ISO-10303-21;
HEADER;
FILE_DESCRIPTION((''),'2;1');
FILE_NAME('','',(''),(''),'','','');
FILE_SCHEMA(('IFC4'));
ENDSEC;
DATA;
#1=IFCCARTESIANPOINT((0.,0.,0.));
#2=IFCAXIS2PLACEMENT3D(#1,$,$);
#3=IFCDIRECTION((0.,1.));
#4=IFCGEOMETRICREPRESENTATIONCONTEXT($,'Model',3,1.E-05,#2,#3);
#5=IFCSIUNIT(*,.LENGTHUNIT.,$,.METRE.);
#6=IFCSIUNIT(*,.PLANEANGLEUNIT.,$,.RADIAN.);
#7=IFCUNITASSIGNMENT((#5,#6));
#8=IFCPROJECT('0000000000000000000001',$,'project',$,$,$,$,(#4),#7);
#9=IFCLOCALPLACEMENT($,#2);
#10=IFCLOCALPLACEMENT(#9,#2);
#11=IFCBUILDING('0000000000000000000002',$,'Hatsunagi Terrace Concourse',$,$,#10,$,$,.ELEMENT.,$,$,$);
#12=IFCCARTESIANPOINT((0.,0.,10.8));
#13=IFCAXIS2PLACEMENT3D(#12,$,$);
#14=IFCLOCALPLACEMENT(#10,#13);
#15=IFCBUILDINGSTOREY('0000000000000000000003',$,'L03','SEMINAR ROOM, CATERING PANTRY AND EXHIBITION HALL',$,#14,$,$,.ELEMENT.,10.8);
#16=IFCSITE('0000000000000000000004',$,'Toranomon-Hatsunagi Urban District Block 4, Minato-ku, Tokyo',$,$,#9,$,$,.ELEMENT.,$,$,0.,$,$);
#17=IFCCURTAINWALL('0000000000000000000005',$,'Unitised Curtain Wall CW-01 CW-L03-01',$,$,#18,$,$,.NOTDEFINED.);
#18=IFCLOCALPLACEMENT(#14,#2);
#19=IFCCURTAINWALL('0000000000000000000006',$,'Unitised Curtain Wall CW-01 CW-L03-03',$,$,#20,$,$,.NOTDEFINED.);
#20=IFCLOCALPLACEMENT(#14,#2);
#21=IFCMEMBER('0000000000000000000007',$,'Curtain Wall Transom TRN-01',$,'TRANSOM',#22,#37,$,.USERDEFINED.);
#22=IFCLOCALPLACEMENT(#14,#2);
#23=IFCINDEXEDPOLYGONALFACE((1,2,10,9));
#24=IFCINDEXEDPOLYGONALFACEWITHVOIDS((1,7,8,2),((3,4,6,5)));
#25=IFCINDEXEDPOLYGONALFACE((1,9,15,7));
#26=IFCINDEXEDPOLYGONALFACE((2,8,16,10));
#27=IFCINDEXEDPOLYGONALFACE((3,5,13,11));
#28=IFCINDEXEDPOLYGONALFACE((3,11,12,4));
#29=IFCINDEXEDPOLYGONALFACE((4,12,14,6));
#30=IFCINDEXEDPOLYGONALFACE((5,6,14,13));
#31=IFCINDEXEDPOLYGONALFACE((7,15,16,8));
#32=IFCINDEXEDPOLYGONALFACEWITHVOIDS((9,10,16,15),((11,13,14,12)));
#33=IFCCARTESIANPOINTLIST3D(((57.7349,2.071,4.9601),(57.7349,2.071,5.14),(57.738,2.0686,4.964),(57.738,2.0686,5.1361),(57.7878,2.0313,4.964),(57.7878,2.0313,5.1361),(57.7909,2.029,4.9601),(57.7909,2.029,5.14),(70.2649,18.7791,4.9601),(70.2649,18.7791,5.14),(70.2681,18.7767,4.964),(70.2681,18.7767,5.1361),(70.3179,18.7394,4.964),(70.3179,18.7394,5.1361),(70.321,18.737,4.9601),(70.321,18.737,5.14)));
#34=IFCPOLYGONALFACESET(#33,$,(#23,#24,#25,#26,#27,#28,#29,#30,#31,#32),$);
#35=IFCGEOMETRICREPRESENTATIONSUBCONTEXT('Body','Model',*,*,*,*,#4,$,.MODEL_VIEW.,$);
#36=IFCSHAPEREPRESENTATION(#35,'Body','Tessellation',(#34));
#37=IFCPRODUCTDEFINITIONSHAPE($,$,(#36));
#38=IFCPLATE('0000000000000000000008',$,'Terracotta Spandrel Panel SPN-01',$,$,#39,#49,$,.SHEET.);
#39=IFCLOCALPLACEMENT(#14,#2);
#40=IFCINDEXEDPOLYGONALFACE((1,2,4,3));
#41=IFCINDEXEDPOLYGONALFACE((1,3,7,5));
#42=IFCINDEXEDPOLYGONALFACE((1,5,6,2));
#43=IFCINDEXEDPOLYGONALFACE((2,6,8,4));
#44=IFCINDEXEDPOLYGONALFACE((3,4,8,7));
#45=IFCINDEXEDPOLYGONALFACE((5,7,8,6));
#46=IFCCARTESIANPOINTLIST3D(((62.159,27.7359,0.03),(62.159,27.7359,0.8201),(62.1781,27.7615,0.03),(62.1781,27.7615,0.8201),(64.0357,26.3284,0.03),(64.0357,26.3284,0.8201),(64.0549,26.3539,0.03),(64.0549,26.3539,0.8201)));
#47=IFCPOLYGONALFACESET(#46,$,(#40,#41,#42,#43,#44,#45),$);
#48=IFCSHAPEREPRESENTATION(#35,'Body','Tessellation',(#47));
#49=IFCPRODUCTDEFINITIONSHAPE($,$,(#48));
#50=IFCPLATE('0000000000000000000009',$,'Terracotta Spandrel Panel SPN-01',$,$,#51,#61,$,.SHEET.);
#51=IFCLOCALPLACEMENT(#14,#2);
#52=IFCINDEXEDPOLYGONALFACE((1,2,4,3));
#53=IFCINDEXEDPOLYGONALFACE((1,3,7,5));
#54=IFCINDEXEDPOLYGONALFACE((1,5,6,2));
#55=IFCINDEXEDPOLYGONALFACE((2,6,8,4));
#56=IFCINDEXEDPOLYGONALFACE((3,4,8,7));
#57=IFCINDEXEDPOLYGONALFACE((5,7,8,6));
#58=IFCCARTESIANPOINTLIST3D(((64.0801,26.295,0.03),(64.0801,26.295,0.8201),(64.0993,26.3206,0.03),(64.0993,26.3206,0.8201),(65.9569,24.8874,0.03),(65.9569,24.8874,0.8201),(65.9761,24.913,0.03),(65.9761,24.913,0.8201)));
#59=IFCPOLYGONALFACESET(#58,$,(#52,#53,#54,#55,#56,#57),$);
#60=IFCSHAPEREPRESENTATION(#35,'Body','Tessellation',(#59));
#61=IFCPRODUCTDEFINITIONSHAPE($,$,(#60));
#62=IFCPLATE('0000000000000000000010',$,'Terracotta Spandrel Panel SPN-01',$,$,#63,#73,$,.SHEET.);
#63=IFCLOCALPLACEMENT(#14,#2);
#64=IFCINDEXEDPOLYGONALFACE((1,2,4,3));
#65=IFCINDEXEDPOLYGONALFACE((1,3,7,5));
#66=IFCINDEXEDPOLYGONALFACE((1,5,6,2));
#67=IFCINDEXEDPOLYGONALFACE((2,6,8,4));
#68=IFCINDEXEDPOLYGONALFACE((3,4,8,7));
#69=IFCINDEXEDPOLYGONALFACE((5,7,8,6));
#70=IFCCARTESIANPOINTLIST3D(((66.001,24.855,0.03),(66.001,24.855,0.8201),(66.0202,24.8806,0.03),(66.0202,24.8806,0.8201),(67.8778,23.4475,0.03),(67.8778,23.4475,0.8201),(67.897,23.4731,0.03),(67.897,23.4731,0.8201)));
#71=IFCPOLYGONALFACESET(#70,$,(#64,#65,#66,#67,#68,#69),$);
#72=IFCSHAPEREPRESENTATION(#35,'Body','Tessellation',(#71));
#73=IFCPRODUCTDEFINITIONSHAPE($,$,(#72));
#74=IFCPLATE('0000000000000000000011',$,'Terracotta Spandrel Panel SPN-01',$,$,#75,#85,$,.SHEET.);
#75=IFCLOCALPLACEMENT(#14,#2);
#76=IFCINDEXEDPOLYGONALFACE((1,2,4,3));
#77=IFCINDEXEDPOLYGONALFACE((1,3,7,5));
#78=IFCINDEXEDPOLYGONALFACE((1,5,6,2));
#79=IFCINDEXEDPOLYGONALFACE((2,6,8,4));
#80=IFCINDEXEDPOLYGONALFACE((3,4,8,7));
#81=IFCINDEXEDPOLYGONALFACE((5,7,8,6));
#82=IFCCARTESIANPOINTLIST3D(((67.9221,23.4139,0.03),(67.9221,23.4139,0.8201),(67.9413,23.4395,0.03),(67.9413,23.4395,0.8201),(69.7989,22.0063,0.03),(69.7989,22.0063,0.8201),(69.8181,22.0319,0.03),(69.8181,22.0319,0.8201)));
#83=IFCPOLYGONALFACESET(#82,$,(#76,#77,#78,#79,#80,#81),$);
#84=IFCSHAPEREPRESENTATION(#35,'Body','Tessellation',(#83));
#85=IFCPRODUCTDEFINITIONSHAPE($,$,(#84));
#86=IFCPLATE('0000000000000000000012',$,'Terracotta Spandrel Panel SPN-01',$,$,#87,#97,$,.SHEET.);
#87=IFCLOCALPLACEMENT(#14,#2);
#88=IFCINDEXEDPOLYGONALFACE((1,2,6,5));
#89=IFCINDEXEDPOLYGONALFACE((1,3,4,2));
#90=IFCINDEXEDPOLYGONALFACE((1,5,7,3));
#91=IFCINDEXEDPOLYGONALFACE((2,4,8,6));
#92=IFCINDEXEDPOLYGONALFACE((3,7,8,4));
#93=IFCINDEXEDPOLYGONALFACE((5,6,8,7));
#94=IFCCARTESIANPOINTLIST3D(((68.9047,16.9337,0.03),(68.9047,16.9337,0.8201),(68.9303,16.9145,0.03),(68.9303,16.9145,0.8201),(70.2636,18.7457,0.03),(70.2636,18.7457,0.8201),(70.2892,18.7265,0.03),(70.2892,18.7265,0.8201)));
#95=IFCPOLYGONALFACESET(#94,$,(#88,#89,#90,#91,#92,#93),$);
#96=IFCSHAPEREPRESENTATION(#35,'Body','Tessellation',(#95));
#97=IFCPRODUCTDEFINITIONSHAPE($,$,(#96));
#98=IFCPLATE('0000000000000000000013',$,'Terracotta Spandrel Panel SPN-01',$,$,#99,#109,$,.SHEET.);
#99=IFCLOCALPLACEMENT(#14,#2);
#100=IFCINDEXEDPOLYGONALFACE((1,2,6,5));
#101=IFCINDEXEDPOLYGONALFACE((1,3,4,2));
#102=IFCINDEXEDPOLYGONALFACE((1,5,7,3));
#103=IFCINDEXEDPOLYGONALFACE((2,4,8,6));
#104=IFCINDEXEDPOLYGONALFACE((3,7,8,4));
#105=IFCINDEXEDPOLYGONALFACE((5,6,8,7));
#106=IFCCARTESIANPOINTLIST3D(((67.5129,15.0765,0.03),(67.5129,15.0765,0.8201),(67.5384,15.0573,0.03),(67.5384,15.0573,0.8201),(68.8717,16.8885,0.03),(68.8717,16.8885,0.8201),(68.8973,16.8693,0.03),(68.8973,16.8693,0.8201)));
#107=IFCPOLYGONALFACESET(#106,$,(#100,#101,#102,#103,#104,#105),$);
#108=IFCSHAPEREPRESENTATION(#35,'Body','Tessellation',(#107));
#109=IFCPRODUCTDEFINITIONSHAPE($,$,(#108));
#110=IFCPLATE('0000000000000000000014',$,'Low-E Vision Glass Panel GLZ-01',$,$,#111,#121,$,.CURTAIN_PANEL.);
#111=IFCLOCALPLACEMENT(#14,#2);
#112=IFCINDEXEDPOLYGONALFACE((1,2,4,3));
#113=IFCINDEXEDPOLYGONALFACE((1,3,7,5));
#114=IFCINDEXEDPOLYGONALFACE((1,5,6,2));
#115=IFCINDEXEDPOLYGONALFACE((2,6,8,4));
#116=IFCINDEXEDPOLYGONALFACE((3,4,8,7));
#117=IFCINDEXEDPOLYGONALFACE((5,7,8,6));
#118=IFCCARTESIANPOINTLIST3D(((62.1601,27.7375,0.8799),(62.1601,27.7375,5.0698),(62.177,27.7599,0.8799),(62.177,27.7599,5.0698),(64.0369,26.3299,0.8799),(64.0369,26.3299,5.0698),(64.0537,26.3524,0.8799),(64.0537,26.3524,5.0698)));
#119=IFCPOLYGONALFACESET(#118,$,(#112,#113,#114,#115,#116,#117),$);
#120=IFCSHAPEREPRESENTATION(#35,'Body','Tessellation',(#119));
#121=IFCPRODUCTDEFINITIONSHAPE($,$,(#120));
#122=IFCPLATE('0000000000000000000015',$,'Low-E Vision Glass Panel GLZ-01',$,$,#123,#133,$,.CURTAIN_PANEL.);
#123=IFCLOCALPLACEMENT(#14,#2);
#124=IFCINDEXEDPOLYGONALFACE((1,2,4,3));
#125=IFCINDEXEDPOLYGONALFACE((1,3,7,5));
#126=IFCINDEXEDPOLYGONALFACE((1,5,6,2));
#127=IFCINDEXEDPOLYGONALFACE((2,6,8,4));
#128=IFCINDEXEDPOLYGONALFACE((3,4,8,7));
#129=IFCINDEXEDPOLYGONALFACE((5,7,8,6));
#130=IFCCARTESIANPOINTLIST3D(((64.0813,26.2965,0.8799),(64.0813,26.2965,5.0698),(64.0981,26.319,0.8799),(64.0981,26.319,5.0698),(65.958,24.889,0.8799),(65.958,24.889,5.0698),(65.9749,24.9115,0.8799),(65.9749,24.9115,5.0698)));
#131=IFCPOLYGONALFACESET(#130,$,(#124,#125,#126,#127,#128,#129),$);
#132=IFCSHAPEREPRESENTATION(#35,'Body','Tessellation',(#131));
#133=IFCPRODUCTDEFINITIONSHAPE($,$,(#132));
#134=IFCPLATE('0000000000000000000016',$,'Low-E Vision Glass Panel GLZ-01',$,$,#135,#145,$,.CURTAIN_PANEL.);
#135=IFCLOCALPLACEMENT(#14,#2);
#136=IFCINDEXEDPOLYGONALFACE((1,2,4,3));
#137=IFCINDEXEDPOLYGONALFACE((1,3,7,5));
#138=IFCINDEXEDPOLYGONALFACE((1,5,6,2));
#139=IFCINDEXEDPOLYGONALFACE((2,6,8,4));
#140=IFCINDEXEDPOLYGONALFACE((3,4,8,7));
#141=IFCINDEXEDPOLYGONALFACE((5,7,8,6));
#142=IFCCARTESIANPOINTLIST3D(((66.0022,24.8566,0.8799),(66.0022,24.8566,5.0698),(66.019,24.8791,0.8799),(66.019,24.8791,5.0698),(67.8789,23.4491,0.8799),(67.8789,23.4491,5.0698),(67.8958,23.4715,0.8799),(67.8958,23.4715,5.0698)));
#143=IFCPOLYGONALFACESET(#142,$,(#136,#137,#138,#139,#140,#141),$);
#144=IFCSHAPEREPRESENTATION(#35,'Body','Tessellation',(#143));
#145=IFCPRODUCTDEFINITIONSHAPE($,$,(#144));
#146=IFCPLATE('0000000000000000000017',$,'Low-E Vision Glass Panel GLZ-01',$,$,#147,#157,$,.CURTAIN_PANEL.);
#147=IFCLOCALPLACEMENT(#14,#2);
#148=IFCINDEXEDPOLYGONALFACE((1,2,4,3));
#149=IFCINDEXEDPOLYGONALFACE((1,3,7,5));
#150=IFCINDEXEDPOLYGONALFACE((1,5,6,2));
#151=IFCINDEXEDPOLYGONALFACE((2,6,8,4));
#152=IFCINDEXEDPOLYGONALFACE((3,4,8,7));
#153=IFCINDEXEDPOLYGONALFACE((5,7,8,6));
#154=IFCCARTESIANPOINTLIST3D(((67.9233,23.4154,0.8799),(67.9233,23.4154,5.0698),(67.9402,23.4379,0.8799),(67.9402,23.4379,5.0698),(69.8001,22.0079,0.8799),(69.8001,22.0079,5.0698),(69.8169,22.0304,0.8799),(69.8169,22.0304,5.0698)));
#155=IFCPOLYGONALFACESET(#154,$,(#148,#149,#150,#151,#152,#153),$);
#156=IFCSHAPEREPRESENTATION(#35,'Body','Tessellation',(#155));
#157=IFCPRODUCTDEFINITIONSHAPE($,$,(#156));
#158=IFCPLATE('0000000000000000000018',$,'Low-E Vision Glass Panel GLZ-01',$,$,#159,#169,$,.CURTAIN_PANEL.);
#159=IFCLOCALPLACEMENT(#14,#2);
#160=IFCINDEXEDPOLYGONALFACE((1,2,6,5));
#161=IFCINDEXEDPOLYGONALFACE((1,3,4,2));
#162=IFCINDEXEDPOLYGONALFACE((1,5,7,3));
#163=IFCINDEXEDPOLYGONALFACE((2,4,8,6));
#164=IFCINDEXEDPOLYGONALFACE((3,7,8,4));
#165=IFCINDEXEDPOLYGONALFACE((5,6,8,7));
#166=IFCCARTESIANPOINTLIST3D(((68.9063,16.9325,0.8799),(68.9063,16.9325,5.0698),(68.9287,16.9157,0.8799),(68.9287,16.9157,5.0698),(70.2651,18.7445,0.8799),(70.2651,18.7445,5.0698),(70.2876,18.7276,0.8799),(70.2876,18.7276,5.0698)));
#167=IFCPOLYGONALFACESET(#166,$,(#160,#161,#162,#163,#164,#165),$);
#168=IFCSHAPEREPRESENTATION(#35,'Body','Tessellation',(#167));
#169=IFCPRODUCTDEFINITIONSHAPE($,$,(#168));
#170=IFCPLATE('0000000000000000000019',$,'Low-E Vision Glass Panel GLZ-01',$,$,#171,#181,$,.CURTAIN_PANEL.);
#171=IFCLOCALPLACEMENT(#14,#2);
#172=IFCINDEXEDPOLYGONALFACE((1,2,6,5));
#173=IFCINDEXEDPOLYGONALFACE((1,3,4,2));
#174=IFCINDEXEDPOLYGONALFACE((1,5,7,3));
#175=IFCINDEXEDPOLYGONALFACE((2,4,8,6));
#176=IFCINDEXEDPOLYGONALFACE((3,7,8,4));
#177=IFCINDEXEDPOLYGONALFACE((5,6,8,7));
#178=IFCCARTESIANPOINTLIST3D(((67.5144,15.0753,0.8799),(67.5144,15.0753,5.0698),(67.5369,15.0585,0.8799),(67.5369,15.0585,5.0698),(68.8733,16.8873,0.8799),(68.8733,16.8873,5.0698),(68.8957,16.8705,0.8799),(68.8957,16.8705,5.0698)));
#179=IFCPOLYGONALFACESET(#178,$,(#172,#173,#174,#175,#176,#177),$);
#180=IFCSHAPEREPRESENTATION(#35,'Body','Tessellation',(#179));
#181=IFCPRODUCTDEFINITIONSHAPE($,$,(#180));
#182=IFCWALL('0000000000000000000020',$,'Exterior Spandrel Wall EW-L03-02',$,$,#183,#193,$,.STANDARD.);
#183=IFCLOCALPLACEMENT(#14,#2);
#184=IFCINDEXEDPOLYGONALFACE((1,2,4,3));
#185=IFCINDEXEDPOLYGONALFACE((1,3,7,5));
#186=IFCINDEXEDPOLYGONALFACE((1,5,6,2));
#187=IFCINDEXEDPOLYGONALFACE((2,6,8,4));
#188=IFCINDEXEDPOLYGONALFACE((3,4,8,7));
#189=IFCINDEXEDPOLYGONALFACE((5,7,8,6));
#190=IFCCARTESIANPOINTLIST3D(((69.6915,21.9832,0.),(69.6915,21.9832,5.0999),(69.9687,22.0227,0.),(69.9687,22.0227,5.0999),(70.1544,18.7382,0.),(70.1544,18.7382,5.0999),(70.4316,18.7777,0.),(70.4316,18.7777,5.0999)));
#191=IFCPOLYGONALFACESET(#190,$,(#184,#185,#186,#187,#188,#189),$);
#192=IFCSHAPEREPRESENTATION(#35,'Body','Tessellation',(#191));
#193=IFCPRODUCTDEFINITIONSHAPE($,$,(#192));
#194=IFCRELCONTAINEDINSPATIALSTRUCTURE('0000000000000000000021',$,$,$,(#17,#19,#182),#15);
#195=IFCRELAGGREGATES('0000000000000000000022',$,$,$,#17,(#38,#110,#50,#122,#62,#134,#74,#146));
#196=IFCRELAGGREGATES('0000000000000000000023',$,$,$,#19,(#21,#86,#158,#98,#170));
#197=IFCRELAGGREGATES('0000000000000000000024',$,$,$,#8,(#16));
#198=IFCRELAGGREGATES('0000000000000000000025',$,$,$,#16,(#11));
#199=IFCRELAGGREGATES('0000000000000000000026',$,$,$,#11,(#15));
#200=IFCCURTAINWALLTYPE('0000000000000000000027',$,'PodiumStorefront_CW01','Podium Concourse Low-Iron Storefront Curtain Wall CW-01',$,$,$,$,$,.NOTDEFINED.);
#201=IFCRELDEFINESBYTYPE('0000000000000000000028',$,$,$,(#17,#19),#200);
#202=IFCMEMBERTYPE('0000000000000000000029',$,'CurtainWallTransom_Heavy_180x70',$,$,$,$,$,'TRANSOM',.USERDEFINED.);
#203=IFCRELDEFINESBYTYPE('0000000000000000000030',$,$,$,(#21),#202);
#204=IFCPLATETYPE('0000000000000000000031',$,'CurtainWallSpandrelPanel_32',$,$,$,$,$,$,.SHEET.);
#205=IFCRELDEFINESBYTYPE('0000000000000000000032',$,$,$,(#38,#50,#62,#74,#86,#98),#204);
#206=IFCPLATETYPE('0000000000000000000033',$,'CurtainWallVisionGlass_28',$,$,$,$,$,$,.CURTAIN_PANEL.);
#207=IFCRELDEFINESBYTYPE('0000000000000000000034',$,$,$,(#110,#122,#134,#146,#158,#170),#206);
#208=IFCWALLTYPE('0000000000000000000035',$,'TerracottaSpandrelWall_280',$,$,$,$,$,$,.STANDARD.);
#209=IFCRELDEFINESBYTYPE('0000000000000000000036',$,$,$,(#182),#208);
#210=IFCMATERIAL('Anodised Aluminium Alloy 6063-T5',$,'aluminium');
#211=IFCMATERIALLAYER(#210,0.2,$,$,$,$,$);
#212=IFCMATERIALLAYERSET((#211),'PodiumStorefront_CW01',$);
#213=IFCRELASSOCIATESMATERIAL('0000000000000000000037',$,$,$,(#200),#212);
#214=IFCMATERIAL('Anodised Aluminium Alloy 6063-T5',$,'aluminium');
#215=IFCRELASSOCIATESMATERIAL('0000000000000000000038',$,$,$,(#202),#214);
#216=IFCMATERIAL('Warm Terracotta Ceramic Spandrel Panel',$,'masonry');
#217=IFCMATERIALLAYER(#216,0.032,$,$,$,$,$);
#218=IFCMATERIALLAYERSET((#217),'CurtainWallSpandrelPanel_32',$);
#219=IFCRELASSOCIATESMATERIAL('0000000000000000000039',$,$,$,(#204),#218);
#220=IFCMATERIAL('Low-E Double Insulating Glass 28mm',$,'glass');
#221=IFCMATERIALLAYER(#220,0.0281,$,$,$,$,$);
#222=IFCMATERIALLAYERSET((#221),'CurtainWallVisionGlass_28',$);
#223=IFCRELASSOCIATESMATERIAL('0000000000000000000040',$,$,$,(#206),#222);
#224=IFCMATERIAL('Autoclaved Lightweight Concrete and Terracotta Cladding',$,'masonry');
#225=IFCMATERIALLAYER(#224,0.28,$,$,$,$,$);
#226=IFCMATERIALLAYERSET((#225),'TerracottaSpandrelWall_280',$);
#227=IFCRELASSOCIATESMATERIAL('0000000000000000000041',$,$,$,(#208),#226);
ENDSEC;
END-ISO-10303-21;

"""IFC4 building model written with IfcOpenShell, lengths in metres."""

from ifc_helpers import new_model, si_unit, direction, frame, frame_2d, origin, origin_2d, place, context, subcontext, project, spatial, rectangle, hollow_rectangle, extrude, material, layer, layer_set, material_profile, profile_set, type_object, element, aggregate, save


model = new_model("IFC4")

# Units and contexts
model_context = context("Model", 3, precision=1e-05, world=origin(), true_north=direction((0.0, 1.0)))
body_context = subcontext(model_context, "Body", "Model", "MODEL_VIEW")
ifc_project = project(units=[si_unit("LENGTHUNIT", "METRE"), si_unit("PLANEANGLEUNIT", "RADIAN")], contexts=[model_context])

# Site, building, storey
site_placement = place(None, origin())
site = spatial("IfcSite", under=ifc_project, at=site_placement, Name="Toranomon-Hatsunagi Urban District Block 4, Minato-ku, Tokyo", CompositionType="ELEMENT", RefElevation=0.0)
building_placement = place(site_placement, origin())
building = spatial("IfcBuilding", under=site, at=building_placement, Name="Hatsunagi Terrace Concourse", CompositionType="ELEMENT")
storey_placement = place(building_placement, frame((0.0, 0.0, 10.8)))
storey = spatial("IfcBuildingStorey", under=building, at=storey_placement, Name="L03", Description="SEMINAR ROOM, CATERING PANTRY AND EXHIBITION HALL", CompositionType="ELEMENT", Elevation=10.8)

# Curtain walls, member
ifc_material_1 = material(Name="Anodised Aluminium Alloy 6063-T5", Category="aluminium")
ifc_layer_1 = layer(ifc_material_1, 0.2)
ifc_layer_set_1 = layer_set([ifc_layer_1], Name="PodiumStorefront_CW01")
curtain_wall_type = type_object("IfcCurtainWallType", Name="PodiumStorefront_CW01", Description="Podium Concourse Low-Iron Storefront Curtain Wall CW-01", PredefinedType="NOTDEFINED", material=ifc_layer_set_1)
curtain_wall_1_placement = place(storey_placement, origin())
curtain_wall_1 = element("IfcCurtainWall", 1, at=curtain_wall_1_placement, inside=storey, type_object=curtain_wall_type, Name="Unitised Curtain Wall CW-01 CW-L03-01", PredefinedType="NOTDEFINED")
curtain_wall_2_placement = place(storey_placement, origin())
curtain_wall_2 = element("IfcCurtainWall", 2, at=curtain_wall_2_placement, inside=storey, type_object=curtain_wall_type, Name="Unitised Curtain Wall CW-01 CW-L03-03", PredefinedType="NOTDEFINED")
ifc_material_2 = material(Name="Anodised Aluminium Alloy 6063-T5", Category="aluminium")
ifc_material_profile_1 = material_profile(ifc_material_2, hollow_rectangle(XDim=0.0701, YDim=0.1799, WallThickness=0.0039, at=origin_2d()), Name="ALU-TRN-180x70x4")
ifc_profile_set_1 = profile_set([ifc_material_profile_1], Name="Anodised Aluminium Alloy 6063-T5")
member_type_1 = type_object("IfcMemberType", Name="CurtainWallTransom_Heavy_180x70", ElementType="TRANSOM", PredefinedType="USERDEFINED", material=ifc_profile_set_1)
member_1_placement = place(storey_placement, frame((70.293, 18.7581, 5.05), z_axis=(-0.59997, -0.800022, 0.0), x_axis=(0.800022, -0.59997, 0.0)))
member_1 = element("IfcMember", 3, at=member_1_placement, type_object=member_type_1, Name="Curtain Wall Transom TRN-01", ObjectType="TRANSOM", PredefinedType="USERDEFINED", context=body_context, shape_type="SweptSolid", body=[
    extrude(hollow_rectangle(XDim=0.0701, YDim=0.1799, WallThickness=0.0039, at=origin_2d()), origin(), (0.0, 0.0, 1.0), 20.8845),
])

# Plates
ifc_material_3 = material(Name="Warm Terracotta Ceramic Spandrel Panel", Category="masonry")
ifc_layer_2 = layer(ifc_material_3, 0.032)
ifc_layer_set_2 = layer_set([ifc_layer_2], Name="CurtainWallSpandrelPanel_32")
plate_type_1 = type_object("IfcPlateType", Name="CurtainWallSpandrelPanel_32", PredefinedType="SHEET", material=ifc_layer_set_2)
plate_1_placement = place(storey_placement, frame((63.1069, 27.0449, 0.03), z_axis=(0.0, 0.0, 1.0), x_axis=(0.800007, -0.59999, 0.0)))
plate_1 = element("IfcPlate", 4, at=plate_1_placement, type_object=plate_type_1, Name="Terracotta Spandrel Panel SPN-01", PredefinedType="SHEET", context=body_context, shape_type="SweptSolid", body=[
    extrude(rectangle(XDim=2.3459, YDim=0.032, at=origin_2d()), origin(), (0.0, 0.0, 1.0), 0.79),
])
plate_2_placement = place(storey_placement, frame((65.0281, 25.604, 0.03), z_axis=(0.0, 0.0, 1.0), x_axis=(0.800007, -0.59999, 0.0)))
plate_2 = element("IfcPlate", 5, at=plate_2_placement, type_object=plate_type_1, Name="Terracotta Spandrel Panel SPN-01", PredefinedType="SHEET", context=body_context, shape_type="SweptSolid", body=[
    extrude(rectangle(XDim=2.3459, YDim=0.032, at=origin_2d()), origin(), (0.0, 0.0, 1.0), 0.79),
])
plate_3_placement = place(storey_placement, frame((66.949, 24.1641, 0.03), z_axis=(0.0, 0.0, 1.0), x_axis=(0.800007, -0.59999, 0.0)))
plate_3 = element("IfcPlate", 6, at=plate_3_placement, type_object=plate_type_1, Name="Terracotta Spandrel Panel SPN-01", PredefinedType="SHEET", context=body_context, shape_type="SweptSolid", body=[
    extrude(rectangle(XDim=2.3459, YDim=0.032, at=origin_2d()), origin(), (0.0, 0.0, 1.0), 0.79),
])
plate_4_placement = place(storey_placement, frame((68.8701, 22.7229, 0.03), z_axis=(0.0, 0.0, 1.0), x_axis=(0.800007, -0.59999, 0.0)))
plate_4 = element("IfcPlate", 7, at=plate_4_placement, type_object=plate_type_1, Name="Terracotta Spandrel Panel SPN-01", PredefinedType="SHEET", context=body_context, shape_type="SweptSolid", body=[
    extrude(rectangle(XDim=2.3459, YDim=0.032, at=origin_2d()), origin(), (0.0, 0.0, 1.0), 0.79),
])
plate_5_placement = place(storey_placement, frame((69.5969, 17.8301, 0.03), z_axis=(0.0, 0.0, 1.0), x_axis=(-0.599969, -0.800023, 0.0)))
plate_5 = element("IfcPlate", 8, at=plate_5_placement, type_object=plate_type_1, Name="Terracotta Spandrel Panel SPN-01", PredefinedType="SHEET", context=body_context, shape_type="SweptSolid", body=[
    extrude(rectangle(XDim=2.2649, YDim=0.032, at=origin_2d()), origin(), (0.0, 0.0, 1.0), 0.79),
])
plate_6_placement = place(storey_placement, frame((68.2051, 15.9729, 0.03), z_axis=(0.0, 0.0, 1.0), x_axis=(-0.599969, -0.800023, 0.0)))
plate_6 = element("IfcPlate", 9, at=plate_6_placement, type_object=plate_type_1, Name="Terracotta Spandrel Panel SPN-01", PredefinedType="SHEET", context=body_context, shape_type="SweptSolid", body=[
    extrude(rectangle(XDim=2.2649, YDim=0.032, at=origin_2d()), origin(), (0.0, 0.0, 1.0), 0.79),
])
ifc_material_4 = material(Name="Low-E Double Insulating Glass 28mm", Category="glass")
ifc_layer_3 = layer(ifc_material_4, 0.0281)
ifc_layer_set_3 = layer_set([ifc_layer_3], Name="CurtainWallVisionGlass_28")
plate_type_2 = type_object("IfcPlateType", Name="CurtainWallVisionGlass_28", PredefinedType="CURTAIN_PANEL", material=ifc_layer_set_3)
plate_7_placement = place(storey_placement, frame((63.1069, 27.0449, 0.8799), z_axis=(0.0, 0.0, 1.0), x_axis=(0.800007, -0.59999, 0.0)))
plate_7 = element("IfcPlate", 10, at=plate_7_placement, type_object=plate_type_2, Name="Low-E Vision Glass Panel GLZ-01", PredefinedType="CURTAIN_PANEL", context=body_context, shape_type="SweptSolid", body=[
    extrude(rectangle(XDim=2.3459, YDim=0.0281, at=origin_2d()), origin(), (0.0, 0.0, 1.0), 4.1899),
])
plate_8_placement = place(storey_placement, frame((65.0281, 25.604, 0.8799), z_axis=(0.0, 0.0, 1.0), x_axis=(0.800007, -0.59999, 0.0)))
plate_8 = element("IfcPlate", 11, at=plate_8_placement, type_object=plate_type_2, Name="Low-E Vision Glass Panel GLZ-01", PredefinedType="CURTAIN_PANEL", context=body_context, shape_type="SweptSolid", body=[
    extrude(rectangle(XDim=2.3459, YDim=0.0281, at=origin_2d()), origin(), (0.0, 0.0, 1.0), 4.1899),
])
plate_9_placement = place(storey_placement, frame((66.949, 24.1641, 0.8799), z_axis=(0.0, 0.0, 1.0), x_axis=(0.800007, -0.59999, 0.0)))
plate_9 = element("IfcPlate", 12, at=plate_9_placement, type_object=plate_type_2, Name="Low-E Vision Glass Panel GLZ-01", PredefinedType="CURTAIN_PANEL", context=body_context, shape_type="SweptSolid", body=[
    extrude(rectangle(XDim=2.3459, YDim=0.0281, at=origin_2d()), origin(), (0.0, 0.0, 1.0), 4.1899),
])
plate_10_placement = place(storey_placement, frame((68.8701, 22.7229, 0.8799), z_axis=(0.0, 0.0, 1.0), x_axis=(0.800007, -0.59999, 0.0)))
plate_10 = element("IfcPlate", 13, at=plate_10_placement, type_object=plate_type_2, Name="Low-E Vision Glass Panel GLZ-01", PredefinedType="CURTAIN_PANEL", context=body_context, shape_type="SweptSolid", body=[
    extrude(rectangle(XDim=2.3459, YDim=0.0281, at=origin_2d()), origin(), (0.0, 0.0, 1.0), 4.1899),
])
aggregate(curtain_wall_1, [plate_1, plate_7, plate_2, plate_8, plate_3, plate_9, plate_4, plate_10])
plate_11_placement = place(storey_placement, frame((69.5969, 17.8301, 0.8799), z_axis=(0.0, 0.0, 1.0), x_axis=(-0.599969, -0.800023, 0.0)))
plate_11 = element("IfcPlate", 14, at=plate_11_placement, type_object=plate_type_2, Name="Low-E Vision Glass Panel GLZ-01", PredefinedType="CURTAIN_PANEL", context=body_context, shape_type="SweptSolid", body=[
    extrude(rectangle(XDim=2.2649, YDim=0.0281, at=origin_2d()), origin(), (0.0, 0.0, 1.0), 4.1899),
])
plate_12_placement = place(storey_placement, frame((68.2051, 15.9729, 0.8799), z_axis=(0.0, 0.0, 1.0), x_axis=(-0.599969, -0.800023, 0.0)))
plate_12 = element("IfcPlate", 15, at=plate_12_placement, type_object=plate_type_2, Name="Low-E Vision Glass Panel GLZ-01", PredefinedType="CURTAIN_PANEL", context=body_context, shape_type="SweptSolid", body=[
    extrude(rectangle(XDim=2.2649, YDim=0.0281, at=origin_2d()), origin(), (0.0, 0.0, 1.0), 4.1899),
])
aggregate(curtain_wall_2, [member_1, plate_5, plate_11, plate_6, plate_12])

# Wall
ifc_material_5 = material(Name="Autoclaved Lightweight Concrete and Terracotta Cladding", Category="masonry")
ifc_layer_4 = layer(ifc_material_5, 0.28)
ifc_layer_set_4 = layer_set([ifc_layer_4], Name="TerracottaSpandrelWall_280")
wall_type = type_object("IfcWallType", Name="TerracottaSpandrelWall_280", PredefinedType="STANDARD", material=ifc_layer_set_4)
wall_placement = place(storey_placement, frame((69.8301, 22.0029, 0.0), z_axis=(0.0, 0.0, 1.0), x_axis=(0.141223, -0.989978, 0.0)))
element("IfcWall", 16, at=wall_placement, inside=storey, type_object=wall_type, Name="Exterior Spandrel Wall EW-L03-02", PredefinedType="STANDARD", context=body_context, shape_type="SweptSolid", body=[
    extrude(rectangle(XDim=3.2778, YDim=0.28, at=frame_2d((1.6389, 0.0))), origin(), (0.0, 0.0, 1.0), 5.0999),
])

save(model, "model.ifc")
